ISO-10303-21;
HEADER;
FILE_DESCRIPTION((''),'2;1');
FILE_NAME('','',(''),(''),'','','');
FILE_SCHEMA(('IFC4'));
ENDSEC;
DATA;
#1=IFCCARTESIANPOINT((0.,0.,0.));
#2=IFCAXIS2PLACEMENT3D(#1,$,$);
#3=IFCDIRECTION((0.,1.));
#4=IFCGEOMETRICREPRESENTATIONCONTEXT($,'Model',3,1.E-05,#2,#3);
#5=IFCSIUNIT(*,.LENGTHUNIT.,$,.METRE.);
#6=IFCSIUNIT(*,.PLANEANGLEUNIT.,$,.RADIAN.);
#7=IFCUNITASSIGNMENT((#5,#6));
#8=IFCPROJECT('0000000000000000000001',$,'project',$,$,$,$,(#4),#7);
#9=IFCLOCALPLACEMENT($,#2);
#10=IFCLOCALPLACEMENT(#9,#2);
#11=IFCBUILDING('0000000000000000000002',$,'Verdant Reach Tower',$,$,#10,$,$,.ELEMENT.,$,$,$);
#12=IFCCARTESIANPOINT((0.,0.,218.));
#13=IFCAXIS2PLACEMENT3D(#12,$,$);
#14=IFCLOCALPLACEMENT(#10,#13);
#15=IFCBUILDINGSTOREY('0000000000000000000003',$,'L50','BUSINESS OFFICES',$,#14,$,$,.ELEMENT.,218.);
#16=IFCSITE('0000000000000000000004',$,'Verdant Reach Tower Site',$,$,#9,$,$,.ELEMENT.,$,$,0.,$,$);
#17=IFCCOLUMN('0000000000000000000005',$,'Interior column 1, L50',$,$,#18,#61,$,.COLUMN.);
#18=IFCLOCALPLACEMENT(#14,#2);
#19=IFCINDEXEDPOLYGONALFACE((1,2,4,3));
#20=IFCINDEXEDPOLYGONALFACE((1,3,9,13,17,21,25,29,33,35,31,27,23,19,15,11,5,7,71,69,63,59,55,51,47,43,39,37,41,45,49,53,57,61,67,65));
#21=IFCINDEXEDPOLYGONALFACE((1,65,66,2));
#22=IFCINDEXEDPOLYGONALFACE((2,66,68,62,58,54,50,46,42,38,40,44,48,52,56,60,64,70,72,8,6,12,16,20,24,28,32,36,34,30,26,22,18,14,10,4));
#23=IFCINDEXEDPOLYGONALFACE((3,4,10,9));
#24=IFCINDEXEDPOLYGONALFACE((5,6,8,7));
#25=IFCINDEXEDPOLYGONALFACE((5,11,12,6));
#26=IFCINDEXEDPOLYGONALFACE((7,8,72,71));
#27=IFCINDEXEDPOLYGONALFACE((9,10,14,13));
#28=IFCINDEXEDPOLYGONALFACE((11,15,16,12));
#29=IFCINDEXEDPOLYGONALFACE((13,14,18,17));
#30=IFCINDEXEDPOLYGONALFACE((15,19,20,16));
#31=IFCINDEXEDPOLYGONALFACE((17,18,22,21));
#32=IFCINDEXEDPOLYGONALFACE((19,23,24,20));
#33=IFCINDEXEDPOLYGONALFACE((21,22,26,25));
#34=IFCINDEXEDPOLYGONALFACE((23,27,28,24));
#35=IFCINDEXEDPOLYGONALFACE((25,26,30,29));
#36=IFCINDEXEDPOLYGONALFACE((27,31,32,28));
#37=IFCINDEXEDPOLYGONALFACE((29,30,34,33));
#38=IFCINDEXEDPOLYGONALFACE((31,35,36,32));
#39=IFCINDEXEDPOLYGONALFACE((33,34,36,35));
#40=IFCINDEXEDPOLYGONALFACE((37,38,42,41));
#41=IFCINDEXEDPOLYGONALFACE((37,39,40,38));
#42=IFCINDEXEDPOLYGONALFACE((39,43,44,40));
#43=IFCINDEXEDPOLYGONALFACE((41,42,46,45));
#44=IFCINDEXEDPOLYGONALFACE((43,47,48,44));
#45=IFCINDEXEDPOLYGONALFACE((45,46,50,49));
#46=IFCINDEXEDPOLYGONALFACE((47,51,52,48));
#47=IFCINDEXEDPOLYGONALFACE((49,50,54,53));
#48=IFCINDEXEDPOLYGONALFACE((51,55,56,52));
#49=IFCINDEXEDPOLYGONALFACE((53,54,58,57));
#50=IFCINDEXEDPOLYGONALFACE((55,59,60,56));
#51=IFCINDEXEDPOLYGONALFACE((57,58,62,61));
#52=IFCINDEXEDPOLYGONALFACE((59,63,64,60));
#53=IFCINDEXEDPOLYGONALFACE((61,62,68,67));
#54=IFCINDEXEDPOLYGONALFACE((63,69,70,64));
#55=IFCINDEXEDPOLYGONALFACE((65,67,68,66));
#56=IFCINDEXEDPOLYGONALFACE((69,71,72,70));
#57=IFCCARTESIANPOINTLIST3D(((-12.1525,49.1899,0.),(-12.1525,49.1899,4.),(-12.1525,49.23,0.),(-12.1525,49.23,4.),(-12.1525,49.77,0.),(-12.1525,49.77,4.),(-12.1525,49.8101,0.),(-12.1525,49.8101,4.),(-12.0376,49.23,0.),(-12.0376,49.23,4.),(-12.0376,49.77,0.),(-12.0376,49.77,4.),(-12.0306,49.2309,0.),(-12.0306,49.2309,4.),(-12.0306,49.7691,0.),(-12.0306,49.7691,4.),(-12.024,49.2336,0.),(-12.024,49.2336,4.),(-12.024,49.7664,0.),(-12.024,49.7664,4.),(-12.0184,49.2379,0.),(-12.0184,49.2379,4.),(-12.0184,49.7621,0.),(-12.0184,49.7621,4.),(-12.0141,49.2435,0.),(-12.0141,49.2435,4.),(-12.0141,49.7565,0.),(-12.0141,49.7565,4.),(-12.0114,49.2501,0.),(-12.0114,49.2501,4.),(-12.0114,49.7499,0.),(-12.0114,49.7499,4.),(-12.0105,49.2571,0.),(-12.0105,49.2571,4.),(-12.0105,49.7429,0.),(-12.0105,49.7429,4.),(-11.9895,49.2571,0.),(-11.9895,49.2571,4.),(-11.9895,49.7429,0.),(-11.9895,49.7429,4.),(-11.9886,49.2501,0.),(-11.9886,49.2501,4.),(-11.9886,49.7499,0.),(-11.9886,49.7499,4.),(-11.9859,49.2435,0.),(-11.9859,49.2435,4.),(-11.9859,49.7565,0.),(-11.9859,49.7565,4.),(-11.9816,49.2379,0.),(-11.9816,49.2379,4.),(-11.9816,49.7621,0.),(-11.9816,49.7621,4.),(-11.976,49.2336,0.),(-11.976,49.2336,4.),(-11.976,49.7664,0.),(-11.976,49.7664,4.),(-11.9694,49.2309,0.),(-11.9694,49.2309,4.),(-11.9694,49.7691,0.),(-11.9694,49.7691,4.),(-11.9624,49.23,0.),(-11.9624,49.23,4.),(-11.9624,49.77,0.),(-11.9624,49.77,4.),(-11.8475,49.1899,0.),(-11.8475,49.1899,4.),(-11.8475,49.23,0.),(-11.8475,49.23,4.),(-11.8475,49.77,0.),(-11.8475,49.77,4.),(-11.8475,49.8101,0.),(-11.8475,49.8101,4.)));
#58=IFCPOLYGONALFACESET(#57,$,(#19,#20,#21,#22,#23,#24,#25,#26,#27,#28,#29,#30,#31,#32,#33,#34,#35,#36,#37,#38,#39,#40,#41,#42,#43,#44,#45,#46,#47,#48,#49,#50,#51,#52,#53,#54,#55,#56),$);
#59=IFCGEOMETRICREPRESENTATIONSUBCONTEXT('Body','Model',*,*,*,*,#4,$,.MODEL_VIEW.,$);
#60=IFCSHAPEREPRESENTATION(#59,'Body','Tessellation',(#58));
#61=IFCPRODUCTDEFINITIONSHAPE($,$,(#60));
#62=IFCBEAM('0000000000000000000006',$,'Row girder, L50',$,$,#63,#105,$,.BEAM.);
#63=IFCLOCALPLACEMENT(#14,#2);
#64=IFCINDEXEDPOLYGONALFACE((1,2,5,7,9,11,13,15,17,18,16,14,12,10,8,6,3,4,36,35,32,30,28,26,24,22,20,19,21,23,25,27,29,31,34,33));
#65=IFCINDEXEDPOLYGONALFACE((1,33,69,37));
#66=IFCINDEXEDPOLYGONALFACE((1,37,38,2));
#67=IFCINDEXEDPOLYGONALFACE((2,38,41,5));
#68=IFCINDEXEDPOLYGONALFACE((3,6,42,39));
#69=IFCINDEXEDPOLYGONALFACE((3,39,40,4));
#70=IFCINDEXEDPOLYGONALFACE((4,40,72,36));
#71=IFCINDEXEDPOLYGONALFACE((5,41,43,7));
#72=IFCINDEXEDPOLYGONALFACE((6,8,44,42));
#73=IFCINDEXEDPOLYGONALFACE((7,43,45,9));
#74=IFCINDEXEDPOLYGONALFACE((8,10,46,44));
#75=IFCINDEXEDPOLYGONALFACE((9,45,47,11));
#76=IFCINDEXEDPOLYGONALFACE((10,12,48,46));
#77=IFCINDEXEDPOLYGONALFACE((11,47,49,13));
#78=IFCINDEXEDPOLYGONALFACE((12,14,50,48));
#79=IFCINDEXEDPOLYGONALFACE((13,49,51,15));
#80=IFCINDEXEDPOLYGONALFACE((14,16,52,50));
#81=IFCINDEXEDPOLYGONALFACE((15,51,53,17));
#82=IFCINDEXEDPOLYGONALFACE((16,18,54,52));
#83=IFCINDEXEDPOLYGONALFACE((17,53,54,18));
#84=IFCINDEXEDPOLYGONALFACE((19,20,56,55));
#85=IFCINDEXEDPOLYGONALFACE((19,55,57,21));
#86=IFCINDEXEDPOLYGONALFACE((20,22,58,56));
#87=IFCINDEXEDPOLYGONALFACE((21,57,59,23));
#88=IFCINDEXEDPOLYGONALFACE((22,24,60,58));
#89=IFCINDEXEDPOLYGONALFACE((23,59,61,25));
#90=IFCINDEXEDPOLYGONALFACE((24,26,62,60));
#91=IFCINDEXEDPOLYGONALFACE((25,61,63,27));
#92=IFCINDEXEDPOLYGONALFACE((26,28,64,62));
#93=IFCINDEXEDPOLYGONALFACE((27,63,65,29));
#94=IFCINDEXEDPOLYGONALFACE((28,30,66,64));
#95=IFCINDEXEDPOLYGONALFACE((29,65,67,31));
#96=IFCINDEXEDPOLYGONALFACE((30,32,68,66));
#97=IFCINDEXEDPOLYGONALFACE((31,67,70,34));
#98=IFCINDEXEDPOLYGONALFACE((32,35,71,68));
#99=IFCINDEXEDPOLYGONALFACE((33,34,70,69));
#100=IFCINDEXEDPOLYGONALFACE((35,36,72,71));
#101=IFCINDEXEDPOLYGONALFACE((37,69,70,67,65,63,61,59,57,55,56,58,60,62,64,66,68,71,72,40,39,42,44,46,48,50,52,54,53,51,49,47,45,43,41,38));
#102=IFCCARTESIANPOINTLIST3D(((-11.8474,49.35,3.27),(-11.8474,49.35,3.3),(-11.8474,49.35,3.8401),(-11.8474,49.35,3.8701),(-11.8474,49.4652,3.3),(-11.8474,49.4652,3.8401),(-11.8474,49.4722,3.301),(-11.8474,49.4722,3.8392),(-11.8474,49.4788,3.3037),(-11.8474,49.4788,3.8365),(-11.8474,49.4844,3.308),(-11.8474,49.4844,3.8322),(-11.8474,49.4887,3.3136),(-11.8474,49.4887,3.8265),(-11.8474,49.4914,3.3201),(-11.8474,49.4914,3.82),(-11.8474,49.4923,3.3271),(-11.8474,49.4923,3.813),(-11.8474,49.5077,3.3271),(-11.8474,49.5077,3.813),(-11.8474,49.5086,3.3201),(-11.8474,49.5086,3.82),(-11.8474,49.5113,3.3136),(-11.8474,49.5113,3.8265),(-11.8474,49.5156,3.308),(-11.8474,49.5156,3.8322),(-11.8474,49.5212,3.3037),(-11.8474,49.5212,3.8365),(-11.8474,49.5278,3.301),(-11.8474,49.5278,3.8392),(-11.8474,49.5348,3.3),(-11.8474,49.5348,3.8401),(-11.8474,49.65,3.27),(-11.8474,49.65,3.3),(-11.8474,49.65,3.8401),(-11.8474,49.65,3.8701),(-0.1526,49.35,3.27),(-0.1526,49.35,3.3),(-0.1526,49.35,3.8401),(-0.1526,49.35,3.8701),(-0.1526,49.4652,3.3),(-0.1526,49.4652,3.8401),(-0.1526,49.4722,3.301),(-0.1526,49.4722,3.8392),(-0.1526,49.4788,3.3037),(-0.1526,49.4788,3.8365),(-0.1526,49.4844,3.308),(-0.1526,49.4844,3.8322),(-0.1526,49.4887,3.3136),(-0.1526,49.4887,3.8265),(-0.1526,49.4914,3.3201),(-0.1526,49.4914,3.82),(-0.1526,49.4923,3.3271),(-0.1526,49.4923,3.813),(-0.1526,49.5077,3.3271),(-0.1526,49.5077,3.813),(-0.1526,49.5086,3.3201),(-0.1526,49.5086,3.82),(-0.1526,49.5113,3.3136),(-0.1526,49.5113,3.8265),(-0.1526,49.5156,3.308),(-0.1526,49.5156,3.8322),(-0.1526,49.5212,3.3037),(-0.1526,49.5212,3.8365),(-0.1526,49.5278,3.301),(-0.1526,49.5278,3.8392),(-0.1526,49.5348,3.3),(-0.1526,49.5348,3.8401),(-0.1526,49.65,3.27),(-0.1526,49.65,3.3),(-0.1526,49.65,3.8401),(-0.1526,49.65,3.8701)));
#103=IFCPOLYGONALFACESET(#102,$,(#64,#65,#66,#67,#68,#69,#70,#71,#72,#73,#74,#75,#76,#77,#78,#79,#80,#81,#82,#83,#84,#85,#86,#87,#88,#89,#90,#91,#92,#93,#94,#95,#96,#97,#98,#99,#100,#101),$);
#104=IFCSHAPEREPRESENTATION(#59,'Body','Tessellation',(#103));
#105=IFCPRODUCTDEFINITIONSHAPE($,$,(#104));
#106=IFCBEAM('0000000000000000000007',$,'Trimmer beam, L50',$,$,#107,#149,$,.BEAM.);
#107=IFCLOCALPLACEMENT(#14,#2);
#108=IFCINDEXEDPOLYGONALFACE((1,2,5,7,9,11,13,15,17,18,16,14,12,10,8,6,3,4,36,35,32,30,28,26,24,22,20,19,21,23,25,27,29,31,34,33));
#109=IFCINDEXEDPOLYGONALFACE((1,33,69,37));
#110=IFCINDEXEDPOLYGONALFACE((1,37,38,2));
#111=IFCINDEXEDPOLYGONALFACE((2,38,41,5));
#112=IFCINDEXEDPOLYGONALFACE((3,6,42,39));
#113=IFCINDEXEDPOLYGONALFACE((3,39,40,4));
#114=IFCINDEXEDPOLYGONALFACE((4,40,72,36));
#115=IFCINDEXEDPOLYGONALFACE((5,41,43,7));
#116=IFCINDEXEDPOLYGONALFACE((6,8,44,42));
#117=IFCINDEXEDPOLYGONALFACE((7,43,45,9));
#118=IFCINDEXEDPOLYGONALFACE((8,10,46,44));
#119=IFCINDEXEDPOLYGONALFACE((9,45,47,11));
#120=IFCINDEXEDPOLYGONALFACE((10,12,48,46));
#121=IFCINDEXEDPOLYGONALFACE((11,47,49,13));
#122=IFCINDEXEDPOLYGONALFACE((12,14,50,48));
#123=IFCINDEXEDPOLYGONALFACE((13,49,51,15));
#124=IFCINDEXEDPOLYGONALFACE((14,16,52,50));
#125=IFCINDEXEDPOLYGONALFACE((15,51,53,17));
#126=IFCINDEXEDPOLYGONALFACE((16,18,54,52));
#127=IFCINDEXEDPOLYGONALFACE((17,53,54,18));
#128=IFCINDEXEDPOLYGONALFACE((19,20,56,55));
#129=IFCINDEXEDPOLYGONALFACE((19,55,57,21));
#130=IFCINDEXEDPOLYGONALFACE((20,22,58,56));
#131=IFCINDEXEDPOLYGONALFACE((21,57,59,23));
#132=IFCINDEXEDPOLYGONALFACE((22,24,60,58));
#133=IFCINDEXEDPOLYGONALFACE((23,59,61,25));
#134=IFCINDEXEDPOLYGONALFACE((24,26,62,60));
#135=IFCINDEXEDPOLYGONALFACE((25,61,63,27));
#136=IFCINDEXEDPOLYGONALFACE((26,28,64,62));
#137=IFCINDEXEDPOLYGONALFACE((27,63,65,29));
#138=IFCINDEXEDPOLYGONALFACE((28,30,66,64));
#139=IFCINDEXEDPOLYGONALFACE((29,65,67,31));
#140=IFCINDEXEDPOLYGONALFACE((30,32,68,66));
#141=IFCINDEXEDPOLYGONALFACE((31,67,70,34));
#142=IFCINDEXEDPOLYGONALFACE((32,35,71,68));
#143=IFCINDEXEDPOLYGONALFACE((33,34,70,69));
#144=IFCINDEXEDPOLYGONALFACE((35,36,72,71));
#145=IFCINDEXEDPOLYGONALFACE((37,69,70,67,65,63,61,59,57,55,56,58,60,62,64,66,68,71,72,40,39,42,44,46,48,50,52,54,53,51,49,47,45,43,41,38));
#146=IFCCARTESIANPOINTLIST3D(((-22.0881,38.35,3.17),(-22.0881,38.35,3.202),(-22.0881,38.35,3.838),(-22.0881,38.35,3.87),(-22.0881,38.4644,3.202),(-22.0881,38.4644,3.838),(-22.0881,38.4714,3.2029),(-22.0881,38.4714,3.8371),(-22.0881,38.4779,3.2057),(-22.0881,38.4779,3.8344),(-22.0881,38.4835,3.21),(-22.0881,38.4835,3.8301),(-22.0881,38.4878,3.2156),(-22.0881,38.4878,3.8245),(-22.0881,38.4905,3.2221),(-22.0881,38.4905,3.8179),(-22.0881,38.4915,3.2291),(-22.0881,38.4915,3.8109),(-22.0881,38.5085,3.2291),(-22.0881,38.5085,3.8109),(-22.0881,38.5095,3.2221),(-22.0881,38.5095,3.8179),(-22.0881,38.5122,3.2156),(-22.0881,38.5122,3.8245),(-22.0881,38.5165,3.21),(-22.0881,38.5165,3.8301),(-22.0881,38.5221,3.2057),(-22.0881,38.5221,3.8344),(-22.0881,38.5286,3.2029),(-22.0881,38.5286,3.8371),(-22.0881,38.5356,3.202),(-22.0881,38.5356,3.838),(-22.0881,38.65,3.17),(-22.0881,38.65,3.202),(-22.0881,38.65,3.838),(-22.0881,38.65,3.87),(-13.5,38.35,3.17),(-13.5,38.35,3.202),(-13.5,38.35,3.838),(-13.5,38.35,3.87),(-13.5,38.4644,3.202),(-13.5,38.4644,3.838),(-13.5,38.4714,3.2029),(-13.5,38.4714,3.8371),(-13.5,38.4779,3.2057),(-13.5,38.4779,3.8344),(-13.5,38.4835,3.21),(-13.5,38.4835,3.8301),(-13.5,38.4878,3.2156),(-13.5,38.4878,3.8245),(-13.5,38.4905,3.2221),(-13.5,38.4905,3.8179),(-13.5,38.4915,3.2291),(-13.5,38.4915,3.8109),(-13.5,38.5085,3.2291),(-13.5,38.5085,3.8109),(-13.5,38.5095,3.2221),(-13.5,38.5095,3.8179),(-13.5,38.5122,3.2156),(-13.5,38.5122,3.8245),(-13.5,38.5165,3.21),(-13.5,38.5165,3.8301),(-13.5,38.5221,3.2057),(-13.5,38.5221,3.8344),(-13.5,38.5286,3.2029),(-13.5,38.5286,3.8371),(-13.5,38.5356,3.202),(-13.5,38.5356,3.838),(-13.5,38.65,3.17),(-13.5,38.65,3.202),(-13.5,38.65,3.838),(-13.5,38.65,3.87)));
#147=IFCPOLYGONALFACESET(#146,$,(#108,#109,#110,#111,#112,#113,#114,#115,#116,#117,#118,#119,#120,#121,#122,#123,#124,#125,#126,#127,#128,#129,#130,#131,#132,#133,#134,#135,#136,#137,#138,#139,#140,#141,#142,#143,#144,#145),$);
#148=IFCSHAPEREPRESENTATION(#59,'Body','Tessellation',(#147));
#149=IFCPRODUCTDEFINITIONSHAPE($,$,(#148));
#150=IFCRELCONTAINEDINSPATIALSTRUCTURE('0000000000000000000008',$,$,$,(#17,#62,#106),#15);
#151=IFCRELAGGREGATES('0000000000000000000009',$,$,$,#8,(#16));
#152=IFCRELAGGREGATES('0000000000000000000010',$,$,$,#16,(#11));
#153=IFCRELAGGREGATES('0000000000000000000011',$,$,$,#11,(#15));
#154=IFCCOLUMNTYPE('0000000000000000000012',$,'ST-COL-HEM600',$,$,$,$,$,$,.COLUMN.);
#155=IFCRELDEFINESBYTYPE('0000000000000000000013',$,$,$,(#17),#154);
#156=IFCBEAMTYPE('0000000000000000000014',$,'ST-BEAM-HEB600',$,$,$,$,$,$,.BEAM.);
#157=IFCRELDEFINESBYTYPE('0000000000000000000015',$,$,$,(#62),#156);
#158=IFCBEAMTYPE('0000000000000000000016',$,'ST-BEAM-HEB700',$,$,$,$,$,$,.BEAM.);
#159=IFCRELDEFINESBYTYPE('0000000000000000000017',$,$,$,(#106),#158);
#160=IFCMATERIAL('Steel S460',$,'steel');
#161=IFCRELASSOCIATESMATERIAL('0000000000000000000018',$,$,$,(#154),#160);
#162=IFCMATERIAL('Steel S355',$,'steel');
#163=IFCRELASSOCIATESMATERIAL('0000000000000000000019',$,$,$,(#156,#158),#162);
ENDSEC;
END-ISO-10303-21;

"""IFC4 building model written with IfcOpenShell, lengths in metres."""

from ifc_helpers import new_model, si_unit, direction, frame, origin, origin_2d, place, context, subcontext, project, spatial, i_section, extrude, material, material_profile, profile_set, type_object, element, save


model = new_model("IFC4")

# Units and contexts
model_context = context("Model", 3, precision=1e-05, world=origin(), true_north=direction((0.0, 1.0)))
body_context = subcontext(model_context, "Body", "Model", "MODEL_VIEW")
ifc_project = project(units=[si_unit("LENGTHUNIT", "METRE"), si_unit("PLANEANGLEUNIT", "RADIAN")], contexts=[model_context])

# Site, building, storey
site_placement = place(None, origin())
site = spatial("IfcSite", under=ifc_project, at=site_placement, Name="Verdant Reach Tower Site", CompositionType="ELEMENT", RefElevation=0.0)
building_placement = place(site_placement, origin())
building = spatial("IfcBuilding", under=site, at=building_placement, Name="Verdant Reach Tower", CompositionType="ELEMENT")
storey_placement = place(building_placement, frame((0.0, 0.0, 218.0)))
storey = spatial("IfcBuildingStorey", under=building, at=storey_placement, Name="L50", Description="BUSINESS OFFICES", CompositionType="ELEMENT", Elevation=218.0)

# Column
ifc_material_1 = material(Name="Steel S460", Category="steel")
ifc_material_profile_1 = material_profile(ifc_material_1, i_section(OverallWidth=0.3049, OverallDepth=0.6201, WebThickness=0.021, FlangeThickness=0.04, FilletRadius=0.0271, at=origin_2d()), Name="HEM 600")
ifc_profile_set_1 = profile_set([ifc_material_profile_1], Name="Steel S460")
column_type = type_object("IfcColumnType", Name="ST-COL-HEM600", PredefinedType="COLUMN", material=ifc_profile_set_1)
column_placement = place(storey_placement, frame((-12.0, 49.5, 0.0), z_axis=(0.0, 0.0, 1.0), x_axis=(1.0, 0.0, 0.0)))
element("IfcColumn", 1, at=column_placement, inside=storey, type_object=column_type, Name="Interior column 1, L50", PredefinedType="COLUMN", context=body_context, shape_type="SweptSolid", body=[
    extrude(i_section(OverallWidth=0.3049, OverallDepth=0.6201, WebThickness=0.021, FlangeThickness=0.04, FilletRadius=0.0271, at=origin_2d()), origin(), (0.0, 0.0, 1.0), 4.0),
])

# Beams
ifc_material_2 = material(Name="Steel S355", Category="steel")
ifc_material_profile_2 = material_profile(ifc_material_2, i_section(OverallWidth=0.3, OverallDepth=0.6001, WebThickness=0.0154, FlangeThickness=0.03, FilletRadius=0.0271, at=origin_2d()), Name="HEB 600")
ifc_profile_set_2 = profile_set([ifc_material_profile_2], Name="Steel S355")
beam_type_1 = type_object("IfcBeamType", Name="ST-BEAM-HEB600", PredefinedType="BEAM", material=ifc_profile_set_2)
beam_1_placement = place(storey_placement, frame((-11.8474, 49.5, 3.5701), z_axis=(1.0, 0.0, 0.0), x_axis=(0.0, 1.0, 0.0)))
element("IfcBeam", 2, at=beam_1_placement, inside=storey, type_object=beam_type_1, Name="Row girder, L50", PredefinedType="BEAM", context=body_context, shape_type="SweptSolid", body=[
    extrude(i_section(OverallWidth=0.3, OverallDepth=0.6001, WebThickness=0.0154, FlangeThickness=0.03, FilletRadius=0.0271, at=origin_2d()), origin(), (0.0, 0.0, 1.0), 11.6948),
])
ifc_material_profile_3 = material_profile(ifc_material_2, i_section(OverallWidth=0.3, OverallDepth=0.7, WebThickness=0.0171, FlangeThickness=0.032, FilletRadius=0.0271, at=origin_2d()), Name="HEB 700")
ifc_profile_set_3 = profile_set([ifc_material_profile_3], Name="Steel S355")
beam_type_2 = type_object("IfcBeamType", Name="ST-BEAM-HEB700", PredefinedType="BEAM", material=ifc_profile_set_3)
beam_2_placement = place(storey_placement, frame((-13.5, 38.5, 3.52), z_axis=(-1.0, 0.0, 0.0), x_axis=(0.0, -1.0, 0.0)))
element("IfcBeam", 3, at=beam_2_placement, inside=storey, type_object=beam_type_2, Name="Trimmer beam, L50", PredefinedType="BEAM", context=body_context, shape_type="SweptSolid", body=[
    extrude(i_section(OverallWidth=0.3, OverallDepth=0.7, WebThickness=0.0171, FlangeThickness=0.032, FilletRadius=0.0271, at=origin_2d()), origin(), (0.0, 0.0, 1.0), 8.5881),
])

save(model, "model.ifc")
